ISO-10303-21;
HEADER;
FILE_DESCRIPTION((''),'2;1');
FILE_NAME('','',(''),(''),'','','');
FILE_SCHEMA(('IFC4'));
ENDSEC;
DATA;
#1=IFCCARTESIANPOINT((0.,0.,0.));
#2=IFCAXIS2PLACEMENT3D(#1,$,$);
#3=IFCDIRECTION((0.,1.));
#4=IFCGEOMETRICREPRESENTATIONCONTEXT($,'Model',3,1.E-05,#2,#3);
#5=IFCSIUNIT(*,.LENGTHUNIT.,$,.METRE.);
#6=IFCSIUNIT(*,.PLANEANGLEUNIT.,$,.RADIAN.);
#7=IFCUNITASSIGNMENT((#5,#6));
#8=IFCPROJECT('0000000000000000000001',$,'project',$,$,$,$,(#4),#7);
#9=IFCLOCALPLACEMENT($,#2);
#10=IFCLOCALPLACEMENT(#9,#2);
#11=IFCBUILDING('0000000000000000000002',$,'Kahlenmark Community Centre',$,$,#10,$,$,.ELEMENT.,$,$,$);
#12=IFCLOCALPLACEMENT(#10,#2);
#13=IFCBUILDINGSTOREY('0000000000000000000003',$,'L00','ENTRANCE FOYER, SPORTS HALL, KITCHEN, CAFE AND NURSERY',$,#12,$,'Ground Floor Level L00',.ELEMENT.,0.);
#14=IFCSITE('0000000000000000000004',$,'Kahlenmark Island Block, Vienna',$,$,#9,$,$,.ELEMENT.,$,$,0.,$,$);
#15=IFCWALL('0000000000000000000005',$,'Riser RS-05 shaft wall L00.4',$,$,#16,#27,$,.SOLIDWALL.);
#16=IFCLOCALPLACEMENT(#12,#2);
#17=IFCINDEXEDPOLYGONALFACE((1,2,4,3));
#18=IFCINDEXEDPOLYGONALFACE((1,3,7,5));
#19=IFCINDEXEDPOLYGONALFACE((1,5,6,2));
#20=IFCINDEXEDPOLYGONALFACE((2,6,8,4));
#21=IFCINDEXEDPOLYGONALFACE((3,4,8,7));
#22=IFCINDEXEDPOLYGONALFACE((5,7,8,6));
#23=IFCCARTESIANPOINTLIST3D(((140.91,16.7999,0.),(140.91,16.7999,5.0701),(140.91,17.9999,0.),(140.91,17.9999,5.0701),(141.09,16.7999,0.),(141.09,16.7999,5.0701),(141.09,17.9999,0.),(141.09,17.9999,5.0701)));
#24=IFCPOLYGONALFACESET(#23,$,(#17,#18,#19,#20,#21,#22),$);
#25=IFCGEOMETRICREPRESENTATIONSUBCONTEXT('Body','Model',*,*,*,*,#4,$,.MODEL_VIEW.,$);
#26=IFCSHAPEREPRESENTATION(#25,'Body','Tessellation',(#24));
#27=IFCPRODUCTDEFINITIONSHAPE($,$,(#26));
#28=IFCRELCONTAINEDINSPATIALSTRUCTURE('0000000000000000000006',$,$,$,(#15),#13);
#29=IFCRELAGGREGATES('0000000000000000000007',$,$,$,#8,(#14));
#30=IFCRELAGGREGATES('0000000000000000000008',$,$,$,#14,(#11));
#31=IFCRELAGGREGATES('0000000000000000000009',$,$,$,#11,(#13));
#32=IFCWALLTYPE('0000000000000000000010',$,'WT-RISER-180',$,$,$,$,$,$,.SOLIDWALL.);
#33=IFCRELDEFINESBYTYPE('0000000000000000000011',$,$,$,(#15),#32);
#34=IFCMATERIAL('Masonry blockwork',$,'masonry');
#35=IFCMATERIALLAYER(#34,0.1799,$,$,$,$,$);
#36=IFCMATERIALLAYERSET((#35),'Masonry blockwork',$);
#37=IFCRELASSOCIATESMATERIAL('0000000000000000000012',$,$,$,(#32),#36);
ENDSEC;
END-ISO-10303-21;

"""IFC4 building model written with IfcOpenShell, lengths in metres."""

from ifc_helpers import new_model, si_unit, direction, frame, frame_2d, origin, place, context, subcontext, project, spatial, rectangle, extrude, material, layer, layer_set, type_object, element, save


model = new_model("IFC4")

# Units and contexts
model_context = context("Model", 3, precision=1e-05, world=origin(), true_north=direction((0.0, 1.0)))
body_context = subcontext(model_context, "Body", "Model", "MODEL_VIEW")
ifc_project = project(units=[si_unit("LENGTHUNIT", "METRE"), si_unit("PLANEANGLEUNIT", "RADIAN")], contexts=[model_context])

# Site, building, storey
site_placement = place(None, origin())
site = spatial("IfcSite", under=ifc_project, at=site_placement, Name="Kahlenmark Island Block, Vienna", CompositionType="ELEMENT", RefElevation=0.0)
building_placement = place(site_placement, origin())
building = spatial("IfcBuilding", under=site, at=building_placement, Name="Kahlenmark Community Centre", CompositionType="ELEMENT")
storey_placement = place(building_placement, origin())
storey = spatial("IfcBuildingStorey", under=building, at=storey_placement, Name="L00", Description="ENTRANCE FOYER, SPORTS HALL, KITCHEN, CAFE AND NURSERY", LongName="Ground Floor Level L00", CompositionType="ELEMENT", Elevation=0.0)

# Shared definitions
ifc_material_1 = material(Name="Masonry blockwork", Category="masonry")
ifc_layer_1 = layer(ifc_material_1, 0.1799)
ifc_layer_set_1 = layer_set([ifc_layer_1], Name="Masonry blockwork")
wall_type_1 = type_object("IfcWallType", Name="WT-RISER-180", PredefinedType="SOLIDWALL", material=ifc_layer_set_1)

# Wall
wall_1_placement = place(storey_placement, frame((141.0, 18.0, 0.0), z_axis=(0.0, 0.0, 1.0), x_axis=(0.0, -1.0, 0.0)))
element("IfcWall", 1, at=wall_1_placement, inside=storey, type_object=wall_type_1, Name="Riser RS-05 shaft wall L00.4", PredefinedType="SOLIDWALL", context=body_context, shape_type="SweptSolid", body=[
    extrude(rectangle(XDim=1.2, YDim=0.1799, at=frame_2d((0.6001, 0.0))), origin(), (0.0, 0.0, 1.0), 5.0701),
])

save(model, "model.ifc")
